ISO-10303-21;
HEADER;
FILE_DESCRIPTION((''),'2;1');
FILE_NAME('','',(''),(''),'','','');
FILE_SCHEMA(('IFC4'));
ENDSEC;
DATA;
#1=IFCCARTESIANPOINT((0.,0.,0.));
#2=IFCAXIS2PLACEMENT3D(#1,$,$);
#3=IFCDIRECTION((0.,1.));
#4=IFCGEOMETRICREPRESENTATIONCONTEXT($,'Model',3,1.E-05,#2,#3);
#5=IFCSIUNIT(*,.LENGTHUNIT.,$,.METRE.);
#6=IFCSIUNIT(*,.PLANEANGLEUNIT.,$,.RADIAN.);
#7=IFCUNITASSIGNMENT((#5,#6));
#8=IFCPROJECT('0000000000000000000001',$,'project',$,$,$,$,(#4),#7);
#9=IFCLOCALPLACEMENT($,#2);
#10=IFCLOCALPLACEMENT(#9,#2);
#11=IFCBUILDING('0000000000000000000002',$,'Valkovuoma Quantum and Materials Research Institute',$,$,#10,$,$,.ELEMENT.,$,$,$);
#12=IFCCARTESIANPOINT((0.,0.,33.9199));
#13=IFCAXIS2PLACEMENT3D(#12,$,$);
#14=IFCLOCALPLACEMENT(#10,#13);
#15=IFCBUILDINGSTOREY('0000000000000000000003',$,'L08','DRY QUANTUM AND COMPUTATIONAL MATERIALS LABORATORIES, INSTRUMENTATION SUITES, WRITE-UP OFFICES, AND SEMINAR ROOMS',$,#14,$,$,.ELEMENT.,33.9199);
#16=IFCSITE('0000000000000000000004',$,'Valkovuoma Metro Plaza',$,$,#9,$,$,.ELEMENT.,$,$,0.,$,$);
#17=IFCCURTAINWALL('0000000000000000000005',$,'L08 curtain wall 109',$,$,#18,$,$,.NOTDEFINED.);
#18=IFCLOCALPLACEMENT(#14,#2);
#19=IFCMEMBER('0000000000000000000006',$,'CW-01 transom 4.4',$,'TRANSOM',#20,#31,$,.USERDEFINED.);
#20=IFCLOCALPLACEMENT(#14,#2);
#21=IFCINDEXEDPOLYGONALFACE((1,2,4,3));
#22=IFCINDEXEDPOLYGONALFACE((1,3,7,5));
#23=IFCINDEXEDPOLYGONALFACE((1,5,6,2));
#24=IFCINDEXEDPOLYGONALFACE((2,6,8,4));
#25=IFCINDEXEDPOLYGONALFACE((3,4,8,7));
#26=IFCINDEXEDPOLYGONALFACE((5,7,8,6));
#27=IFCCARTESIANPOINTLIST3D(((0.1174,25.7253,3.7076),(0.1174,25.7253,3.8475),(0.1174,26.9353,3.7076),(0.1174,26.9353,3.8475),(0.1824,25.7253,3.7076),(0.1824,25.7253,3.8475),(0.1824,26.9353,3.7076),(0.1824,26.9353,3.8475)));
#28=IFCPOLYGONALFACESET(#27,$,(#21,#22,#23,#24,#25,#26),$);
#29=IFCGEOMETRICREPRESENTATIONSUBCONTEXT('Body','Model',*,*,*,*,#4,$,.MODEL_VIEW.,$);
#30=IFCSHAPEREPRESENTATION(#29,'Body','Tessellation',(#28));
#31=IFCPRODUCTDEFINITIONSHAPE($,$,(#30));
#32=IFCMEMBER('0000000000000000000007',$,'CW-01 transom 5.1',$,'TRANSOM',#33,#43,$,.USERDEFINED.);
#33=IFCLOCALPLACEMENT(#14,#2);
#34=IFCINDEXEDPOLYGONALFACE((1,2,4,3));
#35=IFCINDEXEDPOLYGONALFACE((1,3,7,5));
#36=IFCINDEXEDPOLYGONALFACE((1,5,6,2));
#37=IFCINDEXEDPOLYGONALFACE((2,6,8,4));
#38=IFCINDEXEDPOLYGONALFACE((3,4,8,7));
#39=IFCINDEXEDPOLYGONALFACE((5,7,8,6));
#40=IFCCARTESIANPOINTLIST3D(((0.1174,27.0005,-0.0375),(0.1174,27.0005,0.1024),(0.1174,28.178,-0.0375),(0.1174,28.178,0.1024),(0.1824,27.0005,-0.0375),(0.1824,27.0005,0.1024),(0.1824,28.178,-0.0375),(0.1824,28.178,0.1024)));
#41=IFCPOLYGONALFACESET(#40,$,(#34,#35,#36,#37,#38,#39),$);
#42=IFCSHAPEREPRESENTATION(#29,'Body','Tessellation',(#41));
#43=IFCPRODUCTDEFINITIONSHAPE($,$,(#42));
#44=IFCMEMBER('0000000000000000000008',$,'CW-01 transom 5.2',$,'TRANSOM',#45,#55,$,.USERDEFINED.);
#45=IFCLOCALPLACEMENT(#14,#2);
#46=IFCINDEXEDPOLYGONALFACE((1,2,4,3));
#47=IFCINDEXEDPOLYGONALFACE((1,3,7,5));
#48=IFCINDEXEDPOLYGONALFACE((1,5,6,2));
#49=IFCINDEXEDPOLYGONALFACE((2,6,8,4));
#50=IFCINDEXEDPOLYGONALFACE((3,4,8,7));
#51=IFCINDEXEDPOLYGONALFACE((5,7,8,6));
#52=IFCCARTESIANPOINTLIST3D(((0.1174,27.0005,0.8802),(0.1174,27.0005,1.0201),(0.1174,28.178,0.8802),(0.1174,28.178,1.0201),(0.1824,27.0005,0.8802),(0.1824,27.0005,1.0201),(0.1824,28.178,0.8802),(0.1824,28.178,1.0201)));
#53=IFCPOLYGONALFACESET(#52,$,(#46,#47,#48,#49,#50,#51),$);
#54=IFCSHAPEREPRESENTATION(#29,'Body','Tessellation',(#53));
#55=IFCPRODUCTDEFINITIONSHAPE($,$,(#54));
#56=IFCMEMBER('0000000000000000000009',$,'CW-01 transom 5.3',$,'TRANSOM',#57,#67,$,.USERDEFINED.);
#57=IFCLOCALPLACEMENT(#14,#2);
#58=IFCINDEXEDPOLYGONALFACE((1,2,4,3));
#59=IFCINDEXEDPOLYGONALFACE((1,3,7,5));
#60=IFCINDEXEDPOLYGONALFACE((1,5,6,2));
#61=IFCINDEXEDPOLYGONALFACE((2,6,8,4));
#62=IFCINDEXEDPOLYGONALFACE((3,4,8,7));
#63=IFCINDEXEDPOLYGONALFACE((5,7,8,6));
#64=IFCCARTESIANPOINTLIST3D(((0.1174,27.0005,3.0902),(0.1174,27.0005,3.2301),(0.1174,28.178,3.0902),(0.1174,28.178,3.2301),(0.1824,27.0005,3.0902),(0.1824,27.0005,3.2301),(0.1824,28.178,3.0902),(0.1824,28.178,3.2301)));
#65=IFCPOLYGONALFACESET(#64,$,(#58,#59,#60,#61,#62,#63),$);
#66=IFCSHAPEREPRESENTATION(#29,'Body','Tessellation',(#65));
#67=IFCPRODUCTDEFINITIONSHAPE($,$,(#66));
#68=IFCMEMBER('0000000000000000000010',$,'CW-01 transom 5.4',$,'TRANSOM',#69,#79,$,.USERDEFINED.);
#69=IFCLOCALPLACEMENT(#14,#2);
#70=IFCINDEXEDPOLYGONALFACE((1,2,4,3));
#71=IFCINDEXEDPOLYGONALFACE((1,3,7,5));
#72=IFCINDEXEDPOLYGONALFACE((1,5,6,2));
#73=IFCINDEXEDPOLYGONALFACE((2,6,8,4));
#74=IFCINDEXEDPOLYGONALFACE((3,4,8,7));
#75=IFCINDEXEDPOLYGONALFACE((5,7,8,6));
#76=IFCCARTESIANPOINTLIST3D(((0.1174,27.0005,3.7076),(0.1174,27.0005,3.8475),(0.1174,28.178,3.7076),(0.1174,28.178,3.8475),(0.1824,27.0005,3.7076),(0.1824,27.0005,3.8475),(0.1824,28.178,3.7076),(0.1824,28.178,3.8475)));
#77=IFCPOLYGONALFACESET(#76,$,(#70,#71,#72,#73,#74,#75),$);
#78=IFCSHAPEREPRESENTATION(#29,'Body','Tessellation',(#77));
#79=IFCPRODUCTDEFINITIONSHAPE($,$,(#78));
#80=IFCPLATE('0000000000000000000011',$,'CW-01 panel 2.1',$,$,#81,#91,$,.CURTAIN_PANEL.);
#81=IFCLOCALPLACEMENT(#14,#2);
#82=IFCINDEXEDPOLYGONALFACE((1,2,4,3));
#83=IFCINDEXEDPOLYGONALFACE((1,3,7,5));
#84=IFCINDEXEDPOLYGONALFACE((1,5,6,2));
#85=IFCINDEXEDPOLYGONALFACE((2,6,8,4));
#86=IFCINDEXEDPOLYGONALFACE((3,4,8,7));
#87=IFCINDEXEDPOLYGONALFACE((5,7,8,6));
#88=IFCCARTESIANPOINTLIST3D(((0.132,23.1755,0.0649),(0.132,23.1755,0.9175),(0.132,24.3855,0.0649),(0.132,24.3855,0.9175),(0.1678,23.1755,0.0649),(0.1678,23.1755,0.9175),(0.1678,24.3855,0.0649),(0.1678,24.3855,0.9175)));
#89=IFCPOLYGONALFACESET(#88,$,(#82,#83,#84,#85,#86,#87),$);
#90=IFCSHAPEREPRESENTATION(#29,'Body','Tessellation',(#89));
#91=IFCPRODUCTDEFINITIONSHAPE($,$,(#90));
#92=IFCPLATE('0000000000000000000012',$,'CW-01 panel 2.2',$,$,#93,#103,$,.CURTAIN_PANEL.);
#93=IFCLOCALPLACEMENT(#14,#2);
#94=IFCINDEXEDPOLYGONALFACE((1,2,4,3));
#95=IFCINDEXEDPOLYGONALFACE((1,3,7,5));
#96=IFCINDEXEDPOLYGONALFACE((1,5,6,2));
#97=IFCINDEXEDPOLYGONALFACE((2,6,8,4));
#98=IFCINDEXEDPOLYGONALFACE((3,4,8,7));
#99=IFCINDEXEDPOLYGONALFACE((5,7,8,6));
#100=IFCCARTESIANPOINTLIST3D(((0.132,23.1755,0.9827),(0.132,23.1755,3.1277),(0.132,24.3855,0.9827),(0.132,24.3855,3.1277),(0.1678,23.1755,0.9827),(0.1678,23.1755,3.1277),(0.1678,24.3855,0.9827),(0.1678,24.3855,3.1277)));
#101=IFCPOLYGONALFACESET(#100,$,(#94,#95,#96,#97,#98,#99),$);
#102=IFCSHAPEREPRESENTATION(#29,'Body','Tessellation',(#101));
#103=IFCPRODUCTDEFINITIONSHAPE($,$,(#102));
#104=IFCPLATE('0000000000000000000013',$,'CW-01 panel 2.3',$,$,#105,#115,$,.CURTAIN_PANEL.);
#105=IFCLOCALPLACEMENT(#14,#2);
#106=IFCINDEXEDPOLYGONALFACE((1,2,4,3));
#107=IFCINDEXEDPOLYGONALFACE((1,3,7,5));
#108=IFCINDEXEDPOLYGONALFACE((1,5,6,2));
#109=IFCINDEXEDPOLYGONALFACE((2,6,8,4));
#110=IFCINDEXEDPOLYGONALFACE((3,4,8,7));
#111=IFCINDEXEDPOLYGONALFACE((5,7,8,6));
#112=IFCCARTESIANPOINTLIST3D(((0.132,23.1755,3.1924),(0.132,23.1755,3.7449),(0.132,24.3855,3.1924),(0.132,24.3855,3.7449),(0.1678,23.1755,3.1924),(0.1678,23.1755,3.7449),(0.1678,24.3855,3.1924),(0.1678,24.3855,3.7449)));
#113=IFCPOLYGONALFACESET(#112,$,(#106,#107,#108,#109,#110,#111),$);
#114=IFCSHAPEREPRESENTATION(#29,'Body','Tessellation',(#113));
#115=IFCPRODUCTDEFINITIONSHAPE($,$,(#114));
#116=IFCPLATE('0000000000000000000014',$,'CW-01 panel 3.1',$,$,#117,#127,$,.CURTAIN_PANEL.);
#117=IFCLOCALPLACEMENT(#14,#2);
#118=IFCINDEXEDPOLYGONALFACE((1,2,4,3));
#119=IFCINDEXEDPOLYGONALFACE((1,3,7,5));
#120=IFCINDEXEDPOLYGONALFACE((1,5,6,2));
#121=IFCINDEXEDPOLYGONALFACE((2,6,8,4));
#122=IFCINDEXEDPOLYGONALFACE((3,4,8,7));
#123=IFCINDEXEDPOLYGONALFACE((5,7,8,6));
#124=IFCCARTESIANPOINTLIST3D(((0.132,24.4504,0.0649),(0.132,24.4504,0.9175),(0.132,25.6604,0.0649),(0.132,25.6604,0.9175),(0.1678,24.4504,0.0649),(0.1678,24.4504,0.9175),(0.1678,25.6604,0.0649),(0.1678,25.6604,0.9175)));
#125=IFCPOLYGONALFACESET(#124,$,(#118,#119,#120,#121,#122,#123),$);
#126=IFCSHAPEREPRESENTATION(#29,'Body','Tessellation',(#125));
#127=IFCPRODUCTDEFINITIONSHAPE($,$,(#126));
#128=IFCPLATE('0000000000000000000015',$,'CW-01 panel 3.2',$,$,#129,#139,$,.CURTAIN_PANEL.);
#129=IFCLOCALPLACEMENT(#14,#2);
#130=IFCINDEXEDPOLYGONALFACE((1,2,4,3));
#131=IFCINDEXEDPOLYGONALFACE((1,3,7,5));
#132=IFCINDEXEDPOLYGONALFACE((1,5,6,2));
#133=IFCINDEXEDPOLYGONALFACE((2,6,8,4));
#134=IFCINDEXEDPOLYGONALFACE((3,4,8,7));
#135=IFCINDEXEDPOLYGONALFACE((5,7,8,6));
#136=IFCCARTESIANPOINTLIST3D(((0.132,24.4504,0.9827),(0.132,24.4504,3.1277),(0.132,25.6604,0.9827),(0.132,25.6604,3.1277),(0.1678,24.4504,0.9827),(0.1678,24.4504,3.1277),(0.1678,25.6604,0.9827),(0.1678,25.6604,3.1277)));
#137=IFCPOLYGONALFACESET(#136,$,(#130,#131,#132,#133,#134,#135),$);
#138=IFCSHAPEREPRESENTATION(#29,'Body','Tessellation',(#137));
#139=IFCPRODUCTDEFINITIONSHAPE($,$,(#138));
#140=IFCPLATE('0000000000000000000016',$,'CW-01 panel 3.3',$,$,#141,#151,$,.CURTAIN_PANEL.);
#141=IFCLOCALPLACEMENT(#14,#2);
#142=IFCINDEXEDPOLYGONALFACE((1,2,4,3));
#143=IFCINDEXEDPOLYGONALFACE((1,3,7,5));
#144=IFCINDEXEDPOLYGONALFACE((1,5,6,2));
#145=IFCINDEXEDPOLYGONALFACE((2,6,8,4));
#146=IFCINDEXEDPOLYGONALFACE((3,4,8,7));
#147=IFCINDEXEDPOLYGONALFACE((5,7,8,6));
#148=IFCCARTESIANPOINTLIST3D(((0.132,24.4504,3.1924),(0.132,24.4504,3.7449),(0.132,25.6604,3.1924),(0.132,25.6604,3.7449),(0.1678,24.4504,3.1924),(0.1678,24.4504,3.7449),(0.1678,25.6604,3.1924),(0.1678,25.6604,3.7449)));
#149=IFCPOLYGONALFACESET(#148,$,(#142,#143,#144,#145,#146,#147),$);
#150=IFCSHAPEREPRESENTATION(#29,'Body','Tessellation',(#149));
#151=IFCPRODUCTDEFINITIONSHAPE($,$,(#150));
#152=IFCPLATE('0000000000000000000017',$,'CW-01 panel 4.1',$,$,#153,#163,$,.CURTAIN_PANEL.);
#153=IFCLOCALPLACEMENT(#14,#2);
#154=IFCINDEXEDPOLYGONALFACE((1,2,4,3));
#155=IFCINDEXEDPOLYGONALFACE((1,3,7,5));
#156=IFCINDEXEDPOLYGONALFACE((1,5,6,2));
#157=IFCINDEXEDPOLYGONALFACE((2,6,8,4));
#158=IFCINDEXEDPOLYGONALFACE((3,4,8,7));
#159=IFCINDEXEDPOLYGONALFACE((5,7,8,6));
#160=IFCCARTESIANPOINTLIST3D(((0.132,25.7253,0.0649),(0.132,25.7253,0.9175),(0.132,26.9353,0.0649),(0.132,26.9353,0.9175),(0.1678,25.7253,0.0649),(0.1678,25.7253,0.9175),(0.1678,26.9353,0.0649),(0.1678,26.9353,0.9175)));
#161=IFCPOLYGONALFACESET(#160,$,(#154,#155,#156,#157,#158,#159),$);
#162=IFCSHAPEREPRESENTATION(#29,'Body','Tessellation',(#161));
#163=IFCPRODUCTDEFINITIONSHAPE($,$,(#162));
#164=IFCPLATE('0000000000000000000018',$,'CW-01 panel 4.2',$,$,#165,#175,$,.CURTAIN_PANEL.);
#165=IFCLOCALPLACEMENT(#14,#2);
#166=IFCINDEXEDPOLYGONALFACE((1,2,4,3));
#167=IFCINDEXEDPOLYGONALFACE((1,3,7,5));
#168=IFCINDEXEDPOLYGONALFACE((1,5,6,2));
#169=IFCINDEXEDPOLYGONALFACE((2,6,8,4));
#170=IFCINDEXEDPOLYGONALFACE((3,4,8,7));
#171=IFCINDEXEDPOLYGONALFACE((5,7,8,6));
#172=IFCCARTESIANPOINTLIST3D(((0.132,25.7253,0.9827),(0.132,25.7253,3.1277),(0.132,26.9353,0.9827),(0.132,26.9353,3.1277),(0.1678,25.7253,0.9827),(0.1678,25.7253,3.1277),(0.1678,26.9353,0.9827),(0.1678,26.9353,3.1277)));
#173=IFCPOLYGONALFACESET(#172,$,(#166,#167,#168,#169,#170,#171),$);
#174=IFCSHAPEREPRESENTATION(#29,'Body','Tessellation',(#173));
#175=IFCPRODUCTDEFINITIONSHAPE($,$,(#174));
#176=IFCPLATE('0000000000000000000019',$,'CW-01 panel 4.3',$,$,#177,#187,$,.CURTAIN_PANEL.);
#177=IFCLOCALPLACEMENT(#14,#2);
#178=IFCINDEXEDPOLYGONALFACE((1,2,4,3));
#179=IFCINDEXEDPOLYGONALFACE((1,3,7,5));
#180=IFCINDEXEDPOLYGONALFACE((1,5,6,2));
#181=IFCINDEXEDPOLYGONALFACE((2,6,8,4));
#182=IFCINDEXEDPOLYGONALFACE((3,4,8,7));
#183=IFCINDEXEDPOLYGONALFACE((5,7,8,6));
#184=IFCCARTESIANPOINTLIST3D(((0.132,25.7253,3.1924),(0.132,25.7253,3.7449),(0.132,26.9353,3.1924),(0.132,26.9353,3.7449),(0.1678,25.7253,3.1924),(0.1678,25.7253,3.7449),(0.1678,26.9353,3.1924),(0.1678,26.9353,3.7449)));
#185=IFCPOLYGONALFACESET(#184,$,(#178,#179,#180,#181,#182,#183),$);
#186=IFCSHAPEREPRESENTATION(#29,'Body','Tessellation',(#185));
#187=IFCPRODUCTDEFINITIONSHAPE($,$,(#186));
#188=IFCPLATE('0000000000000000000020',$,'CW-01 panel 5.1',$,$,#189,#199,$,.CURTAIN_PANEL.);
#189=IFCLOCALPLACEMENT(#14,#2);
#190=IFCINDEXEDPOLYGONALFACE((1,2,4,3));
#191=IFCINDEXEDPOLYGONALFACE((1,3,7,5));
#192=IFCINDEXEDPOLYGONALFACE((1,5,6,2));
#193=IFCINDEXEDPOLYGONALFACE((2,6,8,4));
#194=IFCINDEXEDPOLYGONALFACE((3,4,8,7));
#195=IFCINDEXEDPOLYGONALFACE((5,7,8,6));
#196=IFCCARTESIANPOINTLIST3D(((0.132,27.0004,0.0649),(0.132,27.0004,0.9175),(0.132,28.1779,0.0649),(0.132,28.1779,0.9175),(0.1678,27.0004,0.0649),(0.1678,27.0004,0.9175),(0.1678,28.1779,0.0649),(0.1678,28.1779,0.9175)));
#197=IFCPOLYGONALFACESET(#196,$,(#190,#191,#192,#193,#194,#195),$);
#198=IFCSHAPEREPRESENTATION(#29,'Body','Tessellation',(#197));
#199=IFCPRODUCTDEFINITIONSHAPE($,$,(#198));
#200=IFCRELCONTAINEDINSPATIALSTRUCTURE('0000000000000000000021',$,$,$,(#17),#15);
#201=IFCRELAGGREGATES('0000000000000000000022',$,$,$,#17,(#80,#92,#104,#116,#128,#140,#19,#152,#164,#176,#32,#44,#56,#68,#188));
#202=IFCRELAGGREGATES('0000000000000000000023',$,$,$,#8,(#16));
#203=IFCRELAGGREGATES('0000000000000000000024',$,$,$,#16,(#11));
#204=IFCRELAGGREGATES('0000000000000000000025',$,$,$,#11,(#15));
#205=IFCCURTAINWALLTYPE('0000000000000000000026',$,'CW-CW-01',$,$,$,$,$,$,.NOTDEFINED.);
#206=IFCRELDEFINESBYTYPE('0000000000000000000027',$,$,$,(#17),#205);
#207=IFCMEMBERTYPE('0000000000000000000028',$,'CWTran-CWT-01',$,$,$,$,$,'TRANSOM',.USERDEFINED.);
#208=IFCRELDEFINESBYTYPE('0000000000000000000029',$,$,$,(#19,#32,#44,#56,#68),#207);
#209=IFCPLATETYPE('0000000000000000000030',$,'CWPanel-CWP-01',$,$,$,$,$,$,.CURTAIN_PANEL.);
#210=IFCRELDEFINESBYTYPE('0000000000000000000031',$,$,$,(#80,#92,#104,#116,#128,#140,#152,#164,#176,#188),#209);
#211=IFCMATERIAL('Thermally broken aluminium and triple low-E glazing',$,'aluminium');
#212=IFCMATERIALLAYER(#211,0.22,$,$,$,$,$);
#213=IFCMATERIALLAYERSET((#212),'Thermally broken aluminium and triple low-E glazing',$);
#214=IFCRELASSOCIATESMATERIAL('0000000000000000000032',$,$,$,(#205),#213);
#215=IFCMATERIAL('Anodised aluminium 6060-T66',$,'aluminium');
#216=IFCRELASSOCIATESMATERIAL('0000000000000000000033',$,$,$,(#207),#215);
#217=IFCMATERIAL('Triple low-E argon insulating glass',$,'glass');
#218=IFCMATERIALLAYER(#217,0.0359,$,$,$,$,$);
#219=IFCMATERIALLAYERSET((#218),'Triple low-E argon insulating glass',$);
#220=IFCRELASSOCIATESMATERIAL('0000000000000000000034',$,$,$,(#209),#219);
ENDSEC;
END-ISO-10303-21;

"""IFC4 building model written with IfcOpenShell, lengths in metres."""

from ifc_helpers import new_model, si_unit, direction, frame, origin, origin_2d, place, context, subcontext, project, spatial, rectangle, extrude, material, layer, layer_set, material_profile, profile_set, type_object, element, aggregate, save


model = new_model("IFC4")

# Units and contexts
model_context = context("Model", 3, precision=1e-05, world=origin(), true_north=direction((0.0, 1.0)))
body_context = subcontext(model_context, "Body", "Model", "MODEL_VIEW")
ifc_project = project(units=[si_unit("LENGTHUNIT", "METRE"), si_unit("PLANEANGLEUNIT", "RADIAN")], contexts=[model_context])

# Site, building, storey
site_placement = place(None, origin())
site = spatial("IfcSite", under=ifc_project, at=site_placement, Name="Valkovuoma Metro Plaza", CompositionType="ELEMENT", RefElevation=0.0)
building_placement = place(site_placement, origin())
building = spatial("IfcBuilding", under=site, at=building_placement, Name="Valkovuoma Quantum and Materials Research Institute", CompositionType="ELEMENT")
storey_placement = place(building_placement, frame((0.0, 0.0, 33.9199)))
storey = spatial("IfcBuildingStorey", under=building, at=storey_placement, Name="L08", Description="DRY QUANTUM AND COMPUTATIONAL MATERIALS LABORATORIES, INSTRUMENTATION SUITES, WRITE-UP OFFICES, AND SEMINAR ROOMS", CompositionType="ELEMENT", Elevation=33.9199)

# Curtain wall, members, plates
ifc_material_1 = material(Name="Thermally broken aluminium and triple low-E glazing", Category="aluminium")
ifc_layer_1 = layer(ifc_material_1, 0.22)
ifc_layer_set_1 = layer_set([ifc_layer_1], Name="Thermally broken aluminium and triple low-E glazing")
curtain_wall_type = type_object("IfcCurtainWallType", Name="CW-CW-01", PredefinedType="NOTDEFINED", material=ifc_layer_set_1)
curtain_wall_placement = place(storey_placement, origin())
curtain_wall = element("IfcCurtainWall", 1, at=curtain_wall_placement, inside=storey, type_object=curtain_wall_type, Name="L08 curtain wall 109", PredefinedType="NOTDEFINED")
ifc_material_2 = material(Name="Anodised aluminium 6060-T66", Category="aluminium")
ifc_material_profile_1 = material_profile(ifc_material_2, rectangle(XDim=0.0649, YDim=0.1399, at=origin_2d()), Name="Anodised aluminium 6060-T66")
ifc_profile_set_1 = profile_set([ifc_material_profile_1], Name="Anodised aluminium 6060-T66")
member_type_1 = type_object("IfcMemberType", Name="CWTran-CWT-01", ElementType="TRANSOM", PredefinedType="USERDEFINED", material=ifc_profile_set_1)
member_1_placement = place(storey_placement, frame((0.1499, 25.7253, 3.7776), z_axis=(0.0, 1.0, 0.0), x_axis=(-1.0, 0.0, 0.0)))
member_1 = element("IfcMember", 2, at=member_1_placement, type_object=member_type_1, Name="CW-01 transom 4.4", ObjectType="TRANSOM", PredefinedType="USERDEFINED", context=body_context, shape_type="SweptSolid", body=[
    extrude(rectangle(XDim=0.0649, YDim=0.1399, at=origin_2d()), origin(), (0.0, 0.0, 1.0), 1.21),
])
member_2_placement = place(storey_placement, frame((0.1499, 27.0005, 0.0325), z_axis=(0.0, 1.0, 0.0), x_axis=(-1.0, 0.0, 0.0)))
member_2 = element("IfcMember", 3, at=member_2_placement, type_object=member_type_1, Name="CW-01 transom 5.1", ObjectType="TRANSOM", PredefinedType="USERDEFINED", context=body_context, shape_type="SweptSolid", body=[
    extrude(rectangle(XDim=0.0649, YDim=0.1399, at=origin_2d()), origin(), (0.0, 0.0, 1.0), 1.1775),
])
member_3_placement = place(storey_placement, frame((0.1499, 27.0005, 0.9502), z_axis=(0.0, 1.0, 0.0), x_axis=(-1.0, 0.0, 0.0)))
member_3 = element("IfcMember", 4, at=member_3_placement, type_object=member_type_1, Name="CW-01 transom 5.2", ObjectType="TRANSOM", PredefinedType="USERDEFINED", context=body_context, shape_type="SweptSolid", body=[
    extrude(rectangle(XDim=0.0649, YDim=0.1399, at=origin_2d()), origin(), (0.0, 0.0, 1.0), 1.1775),
])
member_4_placement = place(storey_placement, frame((0.1499, 27.0005, 3.1602), z_axis=(0.0, 1.0, 0.0), x_axis=(-1.0, 0.0, 0.0)))
member_4 = element("IfcMember", 5, at=member_4_placement, type_object=member_type_1, Name="CW-01 transom 5.3", ObjectType="TRANSOM", PredefinedType="USERDEFINED", context=body_context, shape_type="SweptSolid", body=[
    extrude(rectangle(XDim=0.0649, YDim=0.1399, at=origin_2d()), origin(), (0.0, 0.0, 1.0), 1.1775),
])
member_5_placement = place(storey_placement, frame((0.1499, 27.0005, 3.7776), z_axis=(0.0, 1.0, 0.0), x_axis=(-1.0, 0.0, 0.0)))
member_5 = element("IfcMember", 6, at=member_5_placement, type_object=member_type_1, Name="CW-01 transom 5.4", ObjectType="TRANSOM", PredefinedType="USERDEFINED", context=body_context, shape_type="SweptSolid", body=[
    extrude(rectangle(XDim=0.0649, YDim=0.1399, at=origin_2d()), origin(), (0.0, 0.0, 1.0), 1.1775),
])
ifc_material_3 = material(Name="Triple low-E argon insulating glass", Category="glass")
ifc_layer_2 = layer(ifc_material_3, 0.0359)
ifc_layer_set_2 = layer_set([ifc_layer_2], Name="Triple low-E argon insulating glass")
plate_type = type_object("IfcPlateType", Name="CWPanel-CWP-01", PredefinedType="CURTAIN_PANEL", material=ifc_layer_set_2)
plate_1_placement = place(storey_placement, frame((0.1499, 23.7805, 0.0649), z_axis=(0.0, 0.0, 1.0), x_axis=(0.0, 1.0, 0.0)))
plate_1 = element("IfcPlate", 7, at=plate_1_placement, type_object=plate_type, Name="CW-01 panel 2.1", PredefinedType="CURTAIN_PANEL", context=body_context, shape_type="SweptSolid", body=[
    extrude(rectangle(XDim=1.21, YDim=0.0359, at=origin_2d()), origin(), (0.0, 0.0, 1.0), 0.8525),
])
plate_2_placement = place(storey_placement, frame((0.1499, 23.7805, 0.9827), z_axis=(0.0, 0.0, 1.0), x_axis=(0.0, 1.0, 0.0)))
plate_2 = element("IfcPlate", 8, at=plate_2_placement, type_object=plate_type, Name="CW-01 panel 2.2", PredefinedType="CURTAIN_PANEL", context=body_context, shape_type="SweptSolid", body=[
    extrude(rectangle(XDim=1.21, YDim=0.0359, at=origin_2d()), origin(), (0.0, 0.0, 1.0), 2.145),
])
plate_3_placement = place(storey_placement, frame((0.1499, 23.7805, 3.1924), z_axis=(0.0, 0.0, 1.0), x_axis=(0.0, 1.0, 0.0)))
plate_3 = element("IfcPlate", 9, at=plate_3_placement, type_object=plate_type, Name="CW-01 panel 2.3", PredefinedType="CURTAIN_PANEL", context=body_context, shape_type="SweptSolid", body=[
    extrude(rectangle(XDim=1.21, YDim=0.0359, at=origin_2d()), origin(), (0.0, 0.0, 1.0), 0.5525),
])
plate_4_placement = place(storey_placement, frame((0.1499, 25.0554, 0.0649), z_axis=(0.0, 0.0, 1.0), x_axis=(0.0, 1.0, 0.0)))
plate_4 = element("IfcPlate", 10, at=plate_4_placement, type_object=plate_type, Name="CW-01 panel 3.1", PredefinedType="CURTAIN_PANEL", context=body_context, shape_type="SweptSolid", body=[
    extrude(rectangle(XDim=1.21, YDim=0.0359, at=origin_2d()), origin(), (0.0, 0.0, 1.0), 0.8525),
])
plate_5_placement = place(storey_placement, frame((0.1499, 25.0554, 0.9827), z_axis=(0.0, 0.0, 1.0), x_axis=(0.0, 1.0, 0.0)))
plate_5 = element("IfcPlate", 11, at=plate_5_placement, type_object=plate_type, Name="CW-01 panel 3.2", PredefinedType="CURTAIN_PANEL", context=body_context, shape_type="SweptSolid", body=[
    extrude(rectangle(XDim=1.21, YDim=0.0359, at=origin_2d()), origin(), (0.0, 0.0, 1.0), 2.145),
])
plate_6_placement = place(storey_placement, frame((0.1499, 25.0554, 3.1924), z_axis=(0.0, 0.0, 1.0), x_axis=(0.0, 1.0, 0.0)))
plate_6 = element("IfcPlate", 12, at=plate_6_placement, type_object=plate_type, Name="CW-01 panel 3.3", PredefinedType="CURTAIN_PANEL", context=body_context, shape_type="SweptSolid", body=[
    extrude(rectangle(XDim=1.21, YDim=0.0359, at=origin_2d()), origin(), (0.0, 0.0, 1.0), 0.5525),
])
plate_7_placement = place(storey_placement, frame((0.1499, 26.3303, 0.0649), z_axis=(0.0, 0.0, 1.0), x_axis=(0.0, 1.0, 0.0)))
plate_7 = element("IfcPlate", 13, at=plate_7_placement, type_object=plate_type, Name="CW-01 panel 4.1", PredefinedType="CURTAIN_PANEL", context=body_context, shape_type="SweptSolid", body=[
    extrude(rectangle(XDim=1.21, YDim=0.0359, at=origin_2d()), origin(), (0.0, 0.0, 1.0), 0.8525),
])
plate_8_placement = place(storey_placement, frame((0.1499, 26.3303, 0.9827), z_axis=(0.0, 0.0, 1.0), x_axis=(0.0, 1.0, 0.0)))
plate_8 = element("IfcPlate", 14, at=plate_8_placement, type_object=plate_type, Name="CW-01 panel 4.2", PredefinedType="CURTAIN_PANEL", context=body_context, shape_type="SweptSolid", body=[
    extrude(rectangle(XDim=1.21, YDim=0.0359, at=origin_2d()), origin(), (0.0, 0.0, 1.0), 2.145),
])
plate_9_placement = place(storey_placement, frame((0.1499, 26.3303, 3.1924), z_axis=(0.0, 0.0, 1.0), x_axis=(0.0, 1.0, 0.0)))
plate_9 = element("IfcPlate", 15, at=plate_9_placement, type_object=plate_type, Name="CW-01 panel 4.3", PredefinedType="CURTAIN_PANEL", context=body_context, shape_type="SweptSolid", body=[
    extrude(rectangle(XDim=1.21, YDim=0.0359, at=origin_2d()), origin(), (0.0, 0.0, 1.0), 0.5525),
])
plate_10_placement = place(storey_placement, frame((0.1499, 27.5891, 0.0649), z_axis=(0.0, 0.0, 1.0), x_axis=(0.0, 1.0, 0.0)))
plate_10 = element("IfcPlate", 16, at=plate_10_placement, type_object=plate_type, Name="CW-01 panel 5.1", PredefinedType="CURTAIN_PANEL", context=body_context, shape_type="SweptSolid", body=[
    extrude(rectangle(XDim=1.1775, YDim=0.0359, at=origin_2d()), origin(), (0.0, 0.0, 1.0), 0.8525),
])
aggregate(curtain_wall, [plate_1, plate_2, plate_3, plate_4, plate_5, plate_6, member_1, plate_7, plate_8, plate_9, member_2, member_3, member_4, member_5, plate_10])

save(model, "model.ifc")
